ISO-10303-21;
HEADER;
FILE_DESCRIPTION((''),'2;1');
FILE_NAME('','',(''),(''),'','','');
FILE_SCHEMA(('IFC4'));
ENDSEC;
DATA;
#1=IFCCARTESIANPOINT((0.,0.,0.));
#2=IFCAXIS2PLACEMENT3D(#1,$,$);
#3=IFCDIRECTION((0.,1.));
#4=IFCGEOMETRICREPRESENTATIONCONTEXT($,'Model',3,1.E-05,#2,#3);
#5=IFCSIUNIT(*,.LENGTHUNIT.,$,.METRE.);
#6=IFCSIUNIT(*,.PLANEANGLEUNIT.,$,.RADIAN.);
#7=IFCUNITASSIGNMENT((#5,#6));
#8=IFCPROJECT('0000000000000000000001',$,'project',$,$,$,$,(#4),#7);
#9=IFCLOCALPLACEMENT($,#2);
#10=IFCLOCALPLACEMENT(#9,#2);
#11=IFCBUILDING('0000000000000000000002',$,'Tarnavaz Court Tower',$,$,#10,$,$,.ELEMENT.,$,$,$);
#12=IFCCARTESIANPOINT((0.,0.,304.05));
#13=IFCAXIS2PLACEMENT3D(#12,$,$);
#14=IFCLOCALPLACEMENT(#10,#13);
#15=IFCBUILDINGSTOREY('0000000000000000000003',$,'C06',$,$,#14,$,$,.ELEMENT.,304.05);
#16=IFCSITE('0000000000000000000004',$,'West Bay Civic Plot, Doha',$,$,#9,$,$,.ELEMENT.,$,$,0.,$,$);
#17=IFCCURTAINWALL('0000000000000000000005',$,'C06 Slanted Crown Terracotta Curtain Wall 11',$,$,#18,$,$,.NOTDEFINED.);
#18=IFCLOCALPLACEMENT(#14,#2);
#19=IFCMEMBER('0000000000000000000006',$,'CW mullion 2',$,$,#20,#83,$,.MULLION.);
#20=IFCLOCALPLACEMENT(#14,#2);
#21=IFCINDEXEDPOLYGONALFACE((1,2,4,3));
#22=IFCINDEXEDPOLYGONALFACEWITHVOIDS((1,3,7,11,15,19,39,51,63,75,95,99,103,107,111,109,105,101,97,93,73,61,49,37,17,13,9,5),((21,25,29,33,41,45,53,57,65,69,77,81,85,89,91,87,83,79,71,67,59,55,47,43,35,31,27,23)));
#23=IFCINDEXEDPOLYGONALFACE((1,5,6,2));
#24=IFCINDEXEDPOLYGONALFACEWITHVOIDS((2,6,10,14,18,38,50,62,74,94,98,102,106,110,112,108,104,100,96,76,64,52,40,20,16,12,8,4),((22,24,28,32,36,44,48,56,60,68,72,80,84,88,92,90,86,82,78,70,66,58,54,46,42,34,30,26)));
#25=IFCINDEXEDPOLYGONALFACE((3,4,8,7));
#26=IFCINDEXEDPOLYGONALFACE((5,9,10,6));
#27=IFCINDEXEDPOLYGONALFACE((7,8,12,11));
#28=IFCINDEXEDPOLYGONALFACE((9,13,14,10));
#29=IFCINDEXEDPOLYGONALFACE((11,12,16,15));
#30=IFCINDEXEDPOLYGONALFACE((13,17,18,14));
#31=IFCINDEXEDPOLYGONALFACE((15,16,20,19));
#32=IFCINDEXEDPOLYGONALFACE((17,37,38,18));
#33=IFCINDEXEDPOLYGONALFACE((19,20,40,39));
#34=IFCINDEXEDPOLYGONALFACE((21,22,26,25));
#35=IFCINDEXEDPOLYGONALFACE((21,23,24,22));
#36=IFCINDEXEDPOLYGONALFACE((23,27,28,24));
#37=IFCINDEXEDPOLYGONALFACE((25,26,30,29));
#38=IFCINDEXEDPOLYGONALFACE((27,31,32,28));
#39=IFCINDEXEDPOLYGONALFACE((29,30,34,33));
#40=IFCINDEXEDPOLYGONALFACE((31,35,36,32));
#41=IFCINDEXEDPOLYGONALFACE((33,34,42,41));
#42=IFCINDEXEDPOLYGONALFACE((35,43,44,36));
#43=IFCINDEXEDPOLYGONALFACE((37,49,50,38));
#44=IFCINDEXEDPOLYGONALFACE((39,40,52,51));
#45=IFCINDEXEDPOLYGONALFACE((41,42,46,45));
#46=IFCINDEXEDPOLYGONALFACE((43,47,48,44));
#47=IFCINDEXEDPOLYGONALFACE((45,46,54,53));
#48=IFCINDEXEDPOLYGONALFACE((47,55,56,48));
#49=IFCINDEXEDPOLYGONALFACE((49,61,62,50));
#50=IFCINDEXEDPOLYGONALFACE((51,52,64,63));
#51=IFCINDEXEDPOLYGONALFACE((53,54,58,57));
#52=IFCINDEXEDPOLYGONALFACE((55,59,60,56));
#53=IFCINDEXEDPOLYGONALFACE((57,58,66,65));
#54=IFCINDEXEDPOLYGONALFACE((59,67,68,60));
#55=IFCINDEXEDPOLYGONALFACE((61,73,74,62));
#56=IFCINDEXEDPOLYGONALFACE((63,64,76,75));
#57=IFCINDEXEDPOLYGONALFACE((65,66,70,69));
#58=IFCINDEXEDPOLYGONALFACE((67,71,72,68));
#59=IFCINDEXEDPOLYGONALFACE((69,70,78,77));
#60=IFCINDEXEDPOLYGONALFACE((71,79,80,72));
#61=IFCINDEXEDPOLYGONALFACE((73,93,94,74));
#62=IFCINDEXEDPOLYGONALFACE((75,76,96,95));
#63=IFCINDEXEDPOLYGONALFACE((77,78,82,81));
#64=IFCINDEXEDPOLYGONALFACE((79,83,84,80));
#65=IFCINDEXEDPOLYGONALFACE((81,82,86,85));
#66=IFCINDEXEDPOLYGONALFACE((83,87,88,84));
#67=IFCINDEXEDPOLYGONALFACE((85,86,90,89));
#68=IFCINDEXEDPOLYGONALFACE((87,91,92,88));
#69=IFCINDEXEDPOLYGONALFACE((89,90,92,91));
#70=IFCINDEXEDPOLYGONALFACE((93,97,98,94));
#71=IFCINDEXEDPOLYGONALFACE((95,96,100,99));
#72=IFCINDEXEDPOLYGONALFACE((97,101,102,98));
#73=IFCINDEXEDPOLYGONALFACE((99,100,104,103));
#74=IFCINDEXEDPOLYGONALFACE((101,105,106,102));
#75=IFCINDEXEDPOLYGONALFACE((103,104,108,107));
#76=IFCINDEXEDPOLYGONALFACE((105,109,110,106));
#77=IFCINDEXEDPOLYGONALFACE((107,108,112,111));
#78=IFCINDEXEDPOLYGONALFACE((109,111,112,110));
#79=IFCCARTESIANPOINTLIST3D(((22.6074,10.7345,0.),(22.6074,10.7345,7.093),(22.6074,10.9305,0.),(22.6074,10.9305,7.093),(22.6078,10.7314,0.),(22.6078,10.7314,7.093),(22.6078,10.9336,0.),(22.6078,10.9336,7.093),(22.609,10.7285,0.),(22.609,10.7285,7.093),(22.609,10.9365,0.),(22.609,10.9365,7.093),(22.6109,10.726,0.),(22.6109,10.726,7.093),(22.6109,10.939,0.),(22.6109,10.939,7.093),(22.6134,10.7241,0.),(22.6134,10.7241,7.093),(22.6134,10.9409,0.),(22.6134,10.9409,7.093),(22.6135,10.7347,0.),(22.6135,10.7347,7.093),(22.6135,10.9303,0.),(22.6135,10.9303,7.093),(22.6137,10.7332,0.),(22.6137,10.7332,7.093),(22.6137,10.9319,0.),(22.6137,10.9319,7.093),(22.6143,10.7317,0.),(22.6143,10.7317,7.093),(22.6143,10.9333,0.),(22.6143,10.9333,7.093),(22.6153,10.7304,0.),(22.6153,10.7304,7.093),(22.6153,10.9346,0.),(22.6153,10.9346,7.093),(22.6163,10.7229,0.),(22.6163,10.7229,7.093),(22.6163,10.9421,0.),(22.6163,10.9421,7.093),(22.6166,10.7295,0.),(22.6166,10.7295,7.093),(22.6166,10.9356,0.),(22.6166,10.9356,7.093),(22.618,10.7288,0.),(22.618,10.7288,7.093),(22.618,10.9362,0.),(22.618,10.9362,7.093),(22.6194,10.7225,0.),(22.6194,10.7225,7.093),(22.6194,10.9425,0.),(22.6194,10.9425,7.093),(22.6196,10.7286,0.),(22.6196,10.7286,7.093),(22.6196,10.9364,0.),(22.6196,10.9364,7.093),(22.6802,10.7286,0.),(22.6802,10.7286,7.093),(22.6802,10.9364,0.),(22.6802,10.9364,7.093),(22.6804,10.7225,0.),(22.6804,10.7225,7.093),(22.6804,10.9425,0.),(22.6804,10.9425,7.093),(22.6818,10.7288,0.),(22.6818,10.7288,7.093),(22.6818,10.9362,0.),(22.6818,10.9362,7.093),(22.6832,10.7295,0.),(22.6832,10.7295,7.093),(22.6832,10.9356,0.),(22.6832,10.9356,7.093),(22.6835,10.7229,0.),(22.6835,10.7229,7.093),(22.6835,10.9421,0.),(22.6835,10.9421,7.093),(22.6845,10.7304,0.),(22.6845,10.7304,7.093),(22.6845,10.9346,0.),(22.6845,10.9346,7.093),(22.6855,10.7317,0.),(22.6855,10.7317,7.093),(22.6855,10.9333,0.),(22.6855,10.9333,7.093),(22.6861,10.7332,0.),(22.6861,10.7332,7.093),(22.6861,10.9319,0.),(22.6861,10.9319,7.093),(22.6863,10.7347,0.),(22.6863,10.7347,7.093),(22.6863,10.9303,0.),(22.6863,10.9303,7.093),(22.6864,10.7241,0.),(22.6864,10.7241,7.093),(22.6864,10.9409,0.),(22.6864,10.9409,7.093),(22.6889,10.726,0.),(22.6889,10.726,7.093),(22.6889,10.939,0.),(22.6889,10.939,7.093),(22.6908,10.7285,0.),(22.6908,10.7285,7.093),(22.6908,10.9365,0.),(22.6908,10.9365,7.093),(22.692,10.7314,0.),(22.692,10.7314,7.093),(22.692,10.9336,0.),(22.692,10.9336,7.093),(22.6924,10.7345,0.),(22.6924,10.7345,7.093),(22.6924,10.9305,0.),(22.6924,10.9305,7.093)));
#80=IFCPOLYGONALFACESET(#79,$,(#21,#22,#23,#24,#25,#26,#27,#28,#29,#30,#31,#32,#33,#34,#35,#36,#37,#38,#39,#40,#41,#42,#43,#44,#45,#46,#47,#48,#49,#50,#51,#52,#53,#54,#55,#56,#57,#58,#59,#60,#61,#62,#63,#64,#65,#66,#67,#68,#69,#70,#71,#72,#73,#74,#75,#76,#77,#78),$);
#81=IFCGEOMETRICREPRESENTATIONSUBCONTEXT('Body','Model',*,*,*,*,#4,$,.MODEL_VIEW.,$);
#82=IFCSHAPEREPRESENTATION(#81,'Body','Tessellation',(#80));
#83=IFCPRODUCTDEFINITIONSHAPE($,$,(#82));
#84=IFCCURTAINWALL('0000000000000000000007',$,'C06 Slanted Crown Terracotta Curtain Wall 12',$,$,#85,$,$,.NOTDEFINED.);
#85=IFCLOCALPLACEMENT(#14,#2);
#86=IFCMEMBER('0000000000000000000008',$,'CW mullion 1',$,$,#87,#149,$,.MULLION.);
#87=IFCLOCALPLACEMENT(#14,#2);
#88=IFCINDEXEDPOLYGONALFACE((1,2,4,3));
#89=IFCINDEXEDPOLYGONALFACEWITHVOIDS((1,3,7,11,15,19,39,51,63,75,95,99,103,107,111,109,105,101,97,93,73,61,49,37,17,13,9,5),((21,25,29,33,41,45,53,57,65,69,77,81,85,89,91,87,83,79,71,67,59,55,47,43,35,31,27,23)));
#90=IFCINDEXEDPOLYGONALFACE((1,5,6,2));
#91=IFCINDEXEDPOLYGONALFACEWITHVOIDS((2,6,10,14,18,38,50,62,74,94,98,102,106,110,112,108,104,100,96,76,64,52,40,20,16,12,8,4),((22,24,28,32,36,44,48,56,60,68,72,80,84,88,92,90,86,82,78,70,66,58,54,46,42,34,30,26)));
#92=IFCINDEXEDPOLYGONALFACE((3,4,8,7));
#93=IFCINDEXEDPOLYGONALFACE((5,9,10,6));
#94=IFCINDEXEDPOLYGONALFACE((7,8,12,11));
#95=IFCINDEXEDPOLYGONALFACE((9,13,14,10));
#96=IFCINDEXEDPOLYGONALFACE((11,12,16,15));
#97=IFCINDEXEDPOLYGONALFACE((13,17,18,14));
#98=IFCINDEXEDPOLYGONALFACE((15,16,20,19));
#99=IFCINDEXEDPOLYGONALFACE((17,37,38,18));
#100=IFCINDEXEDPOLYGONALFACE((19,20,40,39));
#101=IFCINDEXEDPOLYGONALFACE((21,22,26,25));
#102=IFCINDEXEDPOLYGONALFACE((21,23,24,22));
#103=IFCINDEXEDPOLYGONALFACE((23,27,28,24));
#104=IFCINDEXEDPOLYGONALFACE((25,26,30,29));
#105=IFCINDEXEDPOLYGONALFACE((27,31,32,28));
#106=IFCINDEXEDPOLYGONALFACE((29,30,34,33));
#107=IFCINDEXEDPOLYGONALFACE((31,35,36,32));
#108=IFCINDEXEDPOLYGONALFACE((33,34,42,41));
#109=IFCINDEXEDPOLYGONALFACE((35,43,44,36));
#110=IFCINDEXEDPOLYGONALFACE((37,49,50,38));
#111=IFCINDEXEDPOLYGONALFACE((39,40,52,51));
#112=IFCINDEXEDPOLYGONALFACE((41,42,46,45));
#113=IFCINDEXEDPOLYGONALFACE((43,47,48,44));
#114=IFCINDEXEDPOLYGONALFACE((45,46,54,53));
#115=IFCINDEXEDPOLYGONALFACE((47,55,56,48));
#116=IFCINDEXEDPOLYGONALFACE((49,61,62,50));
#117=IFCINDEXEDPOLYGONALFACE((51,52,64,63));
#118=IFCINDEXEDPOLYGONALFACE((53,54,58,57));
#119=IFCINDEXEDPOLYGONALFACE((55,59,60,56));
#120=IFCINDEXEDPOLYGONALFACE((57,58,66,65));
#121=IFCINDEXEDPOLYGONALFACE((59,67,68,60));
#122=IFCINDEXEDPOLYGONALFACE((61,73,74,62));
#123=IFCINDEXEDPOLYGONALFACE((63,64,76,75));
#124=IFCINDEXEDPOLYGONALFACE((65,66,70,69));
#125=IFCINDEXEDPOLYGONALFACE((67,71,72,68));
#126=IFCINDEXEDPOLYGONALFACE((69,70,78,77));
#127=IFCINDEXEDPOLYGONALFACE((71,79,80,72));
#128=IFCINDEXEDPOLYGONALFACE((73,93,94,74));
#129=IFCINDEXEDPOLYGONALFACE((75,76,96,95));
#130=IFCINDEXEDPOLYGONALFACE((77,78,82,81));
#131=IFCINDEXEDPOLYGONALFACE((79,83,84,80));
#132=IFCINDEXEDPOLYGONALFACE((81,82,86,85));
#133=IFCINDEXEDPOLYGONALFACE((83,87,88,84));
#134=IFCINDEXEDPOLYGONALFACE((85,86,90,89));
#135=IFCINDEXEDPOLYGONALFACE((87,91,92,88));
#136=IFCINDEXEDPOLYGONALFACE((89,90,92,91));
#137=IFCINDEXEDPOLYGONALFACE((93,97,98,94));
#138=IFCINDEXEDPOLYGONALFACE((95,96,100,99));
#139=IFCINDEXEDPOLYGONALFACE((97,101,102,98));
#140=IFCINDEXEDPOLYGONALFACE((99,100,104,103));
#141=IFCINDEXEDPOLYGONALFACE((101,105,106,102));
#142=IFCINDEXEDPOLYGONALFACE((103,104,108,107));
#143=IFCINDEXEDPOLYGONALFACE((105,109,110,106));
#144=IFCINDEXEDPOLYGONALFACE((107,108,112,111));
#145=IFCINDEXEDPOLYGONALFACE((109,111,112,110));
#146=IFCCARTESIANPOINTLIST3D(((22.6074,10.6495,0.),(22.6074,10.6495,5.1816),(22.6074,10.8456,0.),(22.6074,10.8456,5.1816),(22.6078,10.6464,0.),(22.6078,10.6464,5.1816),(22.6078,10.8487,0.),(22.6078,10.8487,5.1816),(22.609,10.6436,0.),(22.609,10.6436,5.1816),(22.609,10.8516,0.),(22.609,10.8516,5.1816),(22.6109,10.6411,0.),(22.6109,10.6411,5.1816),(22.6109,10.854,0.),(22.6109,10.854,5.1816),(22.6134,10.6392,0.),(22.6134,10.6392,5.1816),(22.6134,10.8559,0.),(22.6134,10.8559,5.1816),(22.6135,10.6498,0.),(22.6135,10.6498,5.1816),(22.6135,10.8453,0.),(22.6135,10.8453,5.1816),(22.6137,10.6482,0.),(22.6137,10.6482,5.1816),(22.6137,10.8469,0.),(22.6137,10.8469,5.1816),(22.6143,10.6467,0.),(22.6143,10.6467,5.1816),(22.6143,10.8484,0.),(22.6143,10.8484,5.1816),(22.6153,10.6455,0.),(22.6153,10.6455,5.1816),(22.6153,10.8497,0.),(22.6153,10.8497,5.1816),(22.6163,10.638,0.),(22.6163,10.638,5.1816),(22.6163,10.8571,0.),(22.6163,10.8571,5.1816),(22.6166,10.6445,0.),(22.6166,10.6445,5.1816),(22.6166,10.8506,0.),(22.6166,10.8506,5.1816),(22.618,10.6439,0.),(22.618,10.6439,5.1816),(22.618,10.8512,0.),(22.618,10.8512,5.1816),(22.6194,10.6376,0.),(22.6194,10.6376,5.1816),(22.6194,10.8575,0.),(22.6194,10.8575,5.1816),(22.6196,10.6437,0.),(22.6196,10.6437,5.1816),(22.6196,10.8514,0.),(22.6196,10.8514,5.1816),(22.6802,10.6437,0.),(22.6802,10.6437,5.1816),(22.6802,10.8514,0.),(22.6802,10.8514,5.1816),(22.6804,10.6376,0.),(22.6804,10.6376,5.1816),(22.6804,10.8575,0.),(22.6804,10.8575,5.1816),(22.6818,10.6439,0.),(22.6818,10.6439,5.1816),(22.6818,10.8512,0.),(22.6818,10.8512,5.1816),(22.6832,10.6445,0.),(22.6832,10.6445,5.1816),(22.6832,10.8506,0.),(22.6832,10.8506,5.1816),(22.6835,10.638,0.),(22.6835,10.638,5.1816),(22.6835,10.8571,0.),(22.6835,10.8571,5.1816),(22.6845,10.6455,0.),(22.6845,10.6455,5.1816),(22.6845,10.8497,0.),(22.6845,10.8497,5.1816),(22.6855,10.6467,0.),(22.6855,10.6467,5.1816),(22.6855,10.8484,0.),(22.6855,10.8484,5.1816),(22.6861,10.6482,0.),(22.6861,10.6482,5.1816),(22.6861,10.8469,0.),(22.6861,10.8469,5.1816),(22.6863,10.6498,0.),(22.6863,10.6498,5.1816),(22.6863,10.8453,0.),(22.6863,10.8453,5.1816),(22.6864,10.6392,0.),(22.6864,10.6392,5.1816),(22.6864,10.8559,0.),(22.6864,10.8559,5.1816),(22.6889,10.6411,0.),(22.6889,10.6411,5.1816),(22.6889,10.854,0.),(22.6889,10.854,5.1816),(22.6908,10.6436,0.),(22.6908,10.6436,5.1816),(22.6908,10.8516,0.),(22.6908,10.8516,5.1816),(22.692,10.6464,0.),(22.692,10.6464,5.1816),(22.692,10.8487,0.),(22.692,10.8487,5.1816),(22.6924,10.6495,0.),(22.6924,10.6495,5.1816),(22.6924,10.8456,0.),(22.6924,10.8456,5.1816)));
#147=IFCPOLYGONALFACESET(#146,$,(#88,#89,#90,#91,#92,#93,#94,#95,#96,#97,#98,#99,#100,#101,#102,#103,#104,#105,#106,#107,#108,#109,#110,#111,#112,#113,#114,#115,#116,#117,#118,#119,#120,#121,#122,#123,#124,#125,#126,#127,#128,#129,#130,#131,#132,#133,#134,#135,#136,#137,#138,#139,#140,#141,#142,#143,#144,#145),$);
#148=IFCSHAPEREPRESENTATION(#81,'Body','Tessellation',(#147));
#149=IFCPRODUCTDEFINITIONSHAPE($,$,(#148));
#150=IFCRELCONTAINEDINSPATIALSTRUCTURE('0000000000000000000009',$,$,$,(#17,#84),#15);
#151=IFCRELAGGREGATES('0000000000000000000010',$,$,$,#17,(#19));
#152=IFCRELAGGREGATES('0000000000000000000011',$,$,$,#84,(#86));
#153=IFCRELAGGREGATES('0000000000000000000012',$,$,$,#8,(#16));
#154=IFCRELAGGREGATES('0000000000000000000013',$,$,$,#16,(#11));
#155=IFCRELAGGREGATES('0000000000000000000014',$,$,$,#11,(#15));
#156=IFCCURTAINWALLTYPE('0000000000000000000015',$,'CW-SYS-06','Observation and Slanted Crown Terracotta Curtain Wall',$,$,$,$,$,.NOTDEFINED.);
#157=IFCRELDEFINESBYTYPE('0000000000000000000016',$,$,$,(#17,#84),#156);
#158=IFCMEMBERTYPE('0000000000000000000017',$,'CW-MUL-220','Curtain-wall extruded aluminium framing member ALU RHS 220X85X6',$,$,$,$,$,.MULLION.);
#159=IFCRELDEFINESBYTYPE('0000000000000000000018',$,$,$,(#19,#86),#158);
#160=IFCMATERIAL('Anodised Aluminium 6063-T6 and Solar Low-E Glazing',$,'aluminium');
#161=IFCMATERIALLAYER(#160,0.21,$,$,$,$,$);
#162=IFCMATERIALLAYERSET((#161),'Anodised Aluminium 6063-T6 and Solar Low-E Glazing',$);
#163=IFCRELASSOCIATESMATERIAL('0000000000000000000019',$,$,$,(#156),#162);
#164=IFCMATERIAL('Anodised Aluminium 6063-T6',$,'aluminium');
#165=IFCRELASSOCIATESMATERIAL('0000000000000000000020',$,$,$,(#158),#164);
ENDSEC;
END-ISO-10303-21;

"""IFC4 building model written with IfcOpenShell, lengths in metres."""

from ifc_helpers import new_model, si_unit, direction, frame, origin, origin_2d, place, context, subcontext, project, spatial, hollow_rectangle, extrude, material, layer, layer_set, material_profile, profile_set, type_object, element, aggregate, save


model = new_model("IFC4")

# Units and contexts
model_context = context("Model", 3, precision=1e-05, world=origin(), true_north=direction((0.0, 1.0)))
body_context = subcontext(model_context, "Body", "Model", "MODEL_VIEW")
ifc_project = project(units=[si_unit("LENGTHUNIT", "METRE"), si_unit("PLANEANGLEUNIT", "RADIAN")], contexts=[model_context])

# Site, building, storey
site_placement = place(None, origin())
site = spatial("IfcSite", under=ifc_project, at=site_placement, Name="West Bay Civic Plot, Doha", CompositionType="ELEMENT", RefElevation=0.0)
building_placement = place(site_placement, origin())
building = spatial("IfcBuilding", under=site, at=building_placement, Name="Tarnavaz Court Tower", CompositionType="ELEMENT")
storey_placement = place(building_placement, frame((0.0, 0.0, 304.05)))
storey = spatial("IfcBuildingStorey", under=building, at=storey_placement, Name="C06", CompositionType="ELEMENT", Elevation=304.05)

# Curtain walls, members
ifc_material_1 = material(Name="Anodised Aluminium 6063-T6 and Solar Low-E Glazing", Category="aluminium")
ifc_layer_1 = layer(ifc_material_1, 0.21)
ifc_layer_set_1 = layer_set([ifc_layer_1], Name="Anodised Aluminium 6063-T6 and Solar Low-E Glazing")
curtain_wall_type = type_object("IfcCurtainWallType", Name="CW-SYS-06", Description="Observation and Slanted Crown Terracotta Curtain Wall", PredefinedType="NOTDEFINED", material=ifc_layer_set_1)
ifc_material_2 = material(Name="Anodised Aluminium 6063-T6", Category="aluminium")
ifc_material_profile_1 = material_profile(ifc_material_2, hollow_rectangle(XDim=0.085, YDim=0.22, WallThickness=0.0061, InnerFilletRadius=0.0061, OuterFilletRadius=0.012, at=origin_2d()), Name="ALU RHS 220X85X6")
ifc_profile_set_1 = profile_set([ifc_material_profile_1], Name="Anodised Aluminium 6063-T6")
member_type_1 = type_object("IfcMemberType", Name="CW-MUL-220", Description="Curtain-wall extruded aluminium framing member ALU RHS 220X85X6", PredefinedType="MULLION", material=ifc_profile_set_1)
curtain_wall_1_placement = place(storey_placement, origin())
curtain_wall_1 = element("IfcCurtainWall", 1, at=curtain_wall_1_placement, inside=storey, type_object=curtain_wall_type, Name="C06 Slanted Crown Terracotta Curtain Wall 11", PredefinedType="NOTDEFINED")
member_1_placement = place(storey_placement, frame((22.6499, 10.8325, 0.0), z_axis=(0.0, 0.0, 1.0), x_axis=(1.0, 0.0, 0.0)))
member_1 = element("IfcMember", 2, at=member_1_placement, type_object=member_type_1, Name="CW mullion 2", PredefinedType="MULLION", context=body_context, shape_type="SweptSolid", body=[
    extrude(hollow_rectangle(XDim=0.085, YDim=0.22, WallThickness=0.0061, InnerFilletRadius=0.0061, OuterFilletRadius=0.012, at=origin_2d()), origin(), (0.0, 0.0, 1.0), 7.093),
])
curtain_wall_2_placement = place(storey_placement, origin())
curtain_wall_2 = element("IfcCurtainWall", 3, at=curtain_wall_2_placement, inside=storey, type_object=curtain_wall_type, Name="C06 Slanted Crown Terracotta Curtain Wall 12", PredefinedType="NOTDEFINED")
member_2_placement = place(storey_placement, frame((22.6499, 10.7476, 0.0), z_axis=(0.0, 0.0, 1.0), x_axis=(1.0, 0.0, 0.0)))
member_2 = element("IfcMember", 4, at=member_2_placement, type_object=member_type_1, Name="CW mullion 1", PredefinedType="MULLION", context=body_context, shape_type="SweptSolid", body=[
    extrude(hollow_rectangle(XDim=0.085, YDim=0.22, WallThickness=0.0061, InnerFilletRadius=0.0061, OuterFilletRadius=0.012, at=origin_2d()), origin(), (0.0, 0.0, 1.0), 5.1816),
])

aggregate(curtain_wall_1, [member_1])
aggregate(curtain_wall_2, [member_2])

save(model, "model.ifc")
